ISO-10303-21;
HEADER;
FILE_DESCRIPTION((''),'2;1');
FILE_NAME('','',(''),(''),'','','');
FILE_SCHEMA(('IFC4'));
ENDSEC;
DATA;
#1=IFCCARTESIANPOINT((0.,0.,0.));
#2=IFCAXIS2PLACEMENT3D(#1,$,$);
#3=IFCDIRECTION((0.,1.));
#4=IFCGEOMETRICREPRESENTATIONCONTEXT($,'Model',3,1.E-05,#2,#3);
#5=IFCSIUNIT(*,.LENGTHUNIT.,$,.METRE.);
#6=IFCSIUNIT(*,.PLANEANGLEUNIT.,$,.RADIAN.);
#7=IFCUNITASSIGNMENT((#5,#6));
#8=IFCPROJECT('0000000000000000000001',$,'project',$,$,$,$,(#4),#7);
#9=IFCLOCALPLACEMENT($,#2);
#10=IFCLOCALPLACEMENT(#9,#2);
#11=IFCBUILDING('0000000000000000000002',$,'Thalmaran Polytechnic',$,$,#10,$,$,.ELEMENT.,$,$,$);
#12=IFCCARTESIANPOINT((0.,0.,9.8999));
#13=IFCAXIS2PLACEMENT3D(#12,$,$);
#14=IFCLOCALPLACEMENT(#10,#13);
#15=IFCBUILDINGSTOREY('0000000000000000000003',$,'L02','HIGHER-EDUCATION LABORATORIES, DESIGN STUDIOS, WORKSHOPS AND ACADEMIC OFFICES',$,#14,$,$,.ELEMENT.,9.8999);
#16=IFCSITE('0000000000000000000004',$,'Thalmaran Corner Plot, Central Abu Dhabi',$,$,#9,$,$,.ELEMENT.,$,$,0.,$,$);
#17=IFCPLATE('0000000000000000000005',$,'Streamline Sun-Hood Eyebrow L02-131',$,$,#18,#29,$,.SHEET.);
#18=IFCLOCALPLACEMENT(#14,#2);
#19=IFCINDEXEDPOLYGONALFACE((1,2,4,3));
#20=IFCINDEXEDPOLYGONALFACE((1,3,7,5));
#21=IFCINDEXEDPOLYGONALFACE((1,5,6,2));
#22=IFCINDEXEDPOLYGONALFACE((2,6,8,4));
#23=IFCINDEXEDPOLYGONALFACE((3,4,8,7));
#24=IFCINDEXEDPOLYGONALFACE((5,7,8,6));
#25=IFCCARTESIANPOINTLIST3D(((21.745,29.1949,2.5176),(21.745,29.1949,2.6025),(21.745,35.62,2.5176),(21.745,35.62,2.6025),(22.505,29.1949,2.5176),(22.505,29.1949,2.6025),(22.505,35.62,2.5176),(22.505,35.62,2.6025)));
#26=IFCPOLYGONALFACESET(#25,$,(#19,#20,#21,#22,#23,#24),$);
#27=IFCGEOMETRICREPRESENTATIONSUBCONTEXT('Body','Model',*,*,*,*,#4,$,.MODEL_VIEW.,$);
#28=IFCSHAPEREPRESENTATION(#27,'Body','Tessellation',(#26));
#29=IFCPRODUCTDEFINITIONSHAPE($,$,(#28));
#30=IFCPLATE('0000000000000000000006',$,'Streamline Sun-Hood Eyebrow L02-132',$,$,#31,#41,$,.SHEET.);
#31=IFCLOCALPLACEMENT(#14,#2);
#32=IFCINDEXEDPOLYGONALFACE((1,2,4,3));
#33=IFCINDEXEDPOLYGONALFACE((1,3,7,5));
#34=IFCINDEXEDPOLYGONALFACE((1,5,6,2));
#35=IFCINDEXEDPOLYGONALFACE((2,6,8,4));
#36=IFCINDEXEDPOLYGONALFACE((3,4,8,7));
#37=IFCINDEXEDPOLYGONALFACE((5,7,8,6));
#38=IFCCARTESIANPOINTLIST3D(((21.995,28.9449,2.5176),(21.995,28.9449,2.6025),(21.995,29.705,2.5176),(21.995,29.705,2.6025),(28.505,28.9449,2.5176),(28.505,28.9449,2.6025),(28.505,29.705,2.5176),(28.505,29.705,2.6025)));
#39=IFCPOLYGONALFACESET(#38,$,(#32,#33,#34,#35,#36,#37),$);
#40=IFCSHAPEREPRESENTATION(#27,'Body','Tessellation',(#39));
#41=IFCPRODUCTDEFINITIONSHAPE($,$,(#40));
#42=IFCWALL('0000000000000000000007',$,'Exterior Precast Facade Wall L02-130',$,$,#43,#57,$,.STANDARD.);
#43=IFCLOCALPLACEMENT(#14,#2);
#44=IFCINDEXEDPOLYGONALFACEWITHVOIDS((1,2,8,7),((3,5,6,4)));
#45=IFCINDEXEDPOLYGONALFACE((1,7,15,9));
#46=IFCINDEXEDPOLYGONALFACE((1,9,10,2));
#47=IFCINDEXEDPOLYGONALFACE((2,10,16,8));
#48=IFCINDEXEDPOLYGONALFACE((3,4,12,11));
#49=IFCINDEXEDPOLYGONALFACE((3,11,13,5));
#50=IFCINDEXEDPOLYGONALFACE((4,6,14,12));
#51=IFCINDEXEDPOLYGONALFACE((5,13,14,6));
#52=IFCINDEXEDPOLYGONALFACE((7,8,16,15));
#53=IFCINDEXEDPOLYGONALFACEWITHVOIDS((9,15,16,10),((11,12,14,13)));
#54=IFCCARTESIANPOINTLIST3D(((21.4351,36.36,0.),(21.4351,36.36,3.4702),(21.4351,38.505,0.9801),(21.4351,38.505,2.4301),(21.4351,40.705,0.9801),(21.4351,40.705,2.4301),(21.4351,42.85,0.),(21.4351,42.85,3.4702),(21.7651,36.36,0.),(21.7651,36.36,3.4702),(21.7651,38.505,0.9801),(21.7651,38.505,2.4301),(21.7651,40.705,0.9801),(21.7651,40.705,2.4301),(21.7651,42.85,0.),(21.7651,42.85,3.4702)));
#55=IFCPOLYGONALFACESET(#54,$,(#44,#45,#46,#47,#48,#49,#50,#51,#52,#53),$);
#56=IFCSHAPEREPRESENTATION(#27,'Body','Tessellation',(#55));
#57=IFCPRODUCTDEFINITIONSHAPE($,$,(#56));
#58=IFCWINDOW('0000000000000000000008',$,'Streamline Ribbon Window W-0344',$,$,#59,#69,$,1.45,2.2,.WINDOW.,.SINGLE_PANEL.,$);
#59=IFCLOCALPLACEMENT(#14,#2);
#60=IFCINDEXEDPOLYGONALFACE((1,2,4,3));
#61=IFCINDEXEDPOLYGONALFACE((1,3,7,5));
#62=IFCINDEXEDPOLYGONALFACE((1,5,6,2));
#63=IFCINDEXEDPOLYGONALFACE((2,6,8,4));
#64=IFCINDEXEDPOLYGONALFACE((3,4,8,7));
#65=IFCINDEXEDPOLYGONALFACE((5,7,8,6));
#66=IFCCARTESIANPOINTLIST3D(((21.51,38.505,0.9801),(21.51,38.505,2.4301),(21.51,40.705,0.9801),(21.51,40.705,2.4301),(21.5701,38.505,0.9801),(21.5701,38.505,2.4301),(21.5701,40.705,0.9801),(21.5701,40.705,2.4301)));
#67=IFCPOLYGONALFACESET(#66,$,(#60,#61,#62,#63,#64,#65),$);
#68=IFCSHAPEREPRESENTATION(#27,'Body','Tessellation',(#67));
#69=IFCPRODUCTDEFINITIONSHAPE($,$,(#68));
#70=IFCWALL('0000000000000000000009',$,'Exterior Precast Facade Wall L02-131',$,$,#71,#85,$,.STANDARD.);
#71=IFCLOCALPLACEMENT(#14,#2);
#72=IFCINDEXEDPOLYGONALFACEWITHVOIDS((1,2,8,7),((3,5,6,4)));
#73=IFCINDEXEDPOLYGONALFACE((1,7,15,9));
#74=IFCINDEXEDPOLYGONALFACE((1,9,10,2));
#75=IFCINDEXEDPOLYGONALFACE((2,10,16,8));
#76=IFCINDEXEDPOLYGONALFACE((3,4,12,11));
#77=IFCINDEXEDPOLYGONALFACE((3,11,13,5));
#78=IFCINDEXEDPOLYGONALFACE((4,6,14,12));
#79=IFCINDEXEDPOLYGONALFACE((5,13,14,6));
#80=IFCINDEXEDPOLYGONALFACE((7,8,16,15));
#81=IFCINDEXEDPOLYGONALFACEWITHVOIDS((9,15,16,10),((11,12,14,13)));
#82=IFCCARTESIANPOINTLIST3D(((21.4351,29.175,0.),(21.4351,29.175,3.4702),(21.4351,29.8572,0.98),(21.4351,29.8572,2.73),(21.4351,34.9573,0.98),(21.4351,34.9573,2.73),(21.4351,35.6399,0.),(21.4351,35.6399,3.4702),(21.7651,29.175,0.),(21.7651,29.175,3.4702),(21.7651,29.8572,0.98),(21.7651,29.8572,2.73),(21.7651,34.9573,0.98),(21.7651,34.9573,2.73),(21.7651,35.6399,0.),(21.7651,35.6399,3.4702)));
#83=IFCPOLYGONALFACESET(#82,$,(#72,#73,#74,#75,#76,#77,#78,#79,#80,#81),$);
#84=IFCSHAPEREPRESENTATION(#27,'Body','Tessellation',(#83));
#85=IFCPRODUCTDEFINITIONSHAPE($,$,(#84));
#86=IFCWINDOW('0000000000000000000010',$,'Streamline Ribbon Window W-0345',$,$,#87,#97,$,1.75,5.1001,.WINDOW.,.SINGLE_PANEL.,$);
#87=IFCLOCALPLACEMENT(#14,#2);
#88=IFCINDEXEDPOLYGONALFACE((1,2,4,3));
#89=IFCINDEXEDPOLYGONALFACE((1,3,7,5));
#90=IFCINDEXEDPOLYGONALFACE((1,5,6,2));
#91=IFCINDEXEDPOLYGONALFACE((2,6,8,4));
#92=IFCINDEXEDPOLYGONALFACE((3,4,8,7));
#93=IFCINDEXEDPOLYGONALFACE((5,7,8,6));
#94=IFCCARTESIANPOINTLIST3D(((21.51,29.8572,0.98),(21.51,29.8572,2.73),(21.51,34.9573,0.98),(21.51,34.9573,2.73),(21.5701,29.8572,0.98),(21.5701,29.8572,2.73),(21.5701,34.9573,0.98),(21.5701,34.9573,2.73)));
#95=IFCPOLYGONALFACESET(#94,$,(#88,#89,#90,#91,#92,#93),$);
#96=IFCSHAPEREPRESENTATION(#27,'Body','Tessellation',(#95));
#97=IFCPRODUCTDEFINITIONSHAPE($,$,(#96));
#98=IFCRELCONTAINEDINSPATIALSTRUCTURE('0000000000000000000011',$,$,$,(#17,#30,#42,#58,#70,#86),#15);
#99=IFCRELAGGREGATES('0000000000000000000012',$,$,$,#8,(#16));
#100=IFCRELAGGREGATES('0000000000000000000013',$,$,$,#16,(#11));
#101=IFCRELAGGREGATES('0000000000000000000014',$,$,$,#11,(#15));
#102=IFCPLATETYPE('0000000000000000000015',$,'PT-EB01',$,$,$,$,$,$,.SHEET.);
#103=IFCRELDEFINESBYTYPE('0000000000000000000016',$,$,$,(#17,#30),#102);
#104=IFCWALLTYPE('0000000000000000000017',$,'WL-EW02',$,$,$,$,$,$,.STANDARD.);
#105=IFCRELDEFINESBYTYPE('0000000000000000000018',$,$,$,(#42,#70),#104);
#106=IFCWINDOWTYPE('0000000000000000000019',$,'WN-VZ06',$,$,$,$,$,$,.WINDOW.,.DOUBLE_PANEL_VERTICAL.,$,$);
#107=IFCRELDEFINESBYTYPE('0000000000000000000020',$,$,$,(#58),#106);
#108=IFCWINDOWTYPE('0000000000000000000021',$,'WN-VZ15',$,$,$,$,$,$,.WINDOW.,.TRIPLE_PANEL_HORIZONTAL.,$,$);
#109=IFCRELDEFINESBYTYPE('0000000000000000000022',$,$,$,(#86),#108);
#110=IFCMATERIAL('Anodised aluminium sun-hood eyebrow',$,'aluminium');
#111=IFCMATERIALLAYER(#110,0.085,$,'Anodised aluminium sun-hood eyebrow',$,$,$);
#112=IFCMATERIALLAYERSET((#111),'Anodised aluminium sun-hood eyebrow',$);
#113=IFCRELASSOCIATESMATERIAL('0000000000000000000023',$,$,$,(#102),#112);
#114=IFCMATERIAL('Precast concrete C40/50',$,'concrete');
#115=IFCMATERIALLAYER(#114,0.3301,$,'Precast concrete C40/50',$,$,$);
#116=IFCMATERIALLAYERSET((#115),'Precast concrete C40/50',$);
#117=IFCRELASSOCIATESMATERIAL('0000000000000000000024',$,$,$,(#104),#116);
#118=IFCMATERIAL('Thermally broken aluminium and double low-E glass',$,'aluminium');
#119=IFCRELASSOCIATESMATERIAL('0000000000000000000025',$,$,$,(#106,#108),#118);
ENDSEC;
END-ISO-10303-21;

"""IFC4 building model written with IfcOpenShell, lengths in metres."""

from ifc_helpers import new_model, si_unit, direction, frame, frame_2d, origin, origin_2d, place, context, subcontext, project, spatial, rectangle, extrude, material, layer, layer_set, type_object, element, fill, save


model = new_model("IFC4")

# Units and contexts
model_context = context("Model", 3, precision=1e-05, world=origin(), true_north=direction((0.0, 1.0)))
body_context = subcontext(model_context, "Body", "Model", "MODEL_VIEW")
ifc_project = project(units=[si_unit("LENGTHUNIT", "METRE"), si_unit("PLANEANGLEUNIT", "RADIAN")], contexts=[model_context])

# Site, building, storey
site_placement = place(None, origin())
site = spatial("IfcSite", under=ifc_project, at=site_placement, Name="Thalmaran Corner Plot, Central Abu Dhabi", CompositionType="ELEMENT", RefElevation=0.0)
building_placement = place(site_placement, origin())
building = spatial("IfcBuilding", under=site, at=building_placement, Name="Thalmaran Polytechnic", CompositionType="ELEMENT")
storey_placement = place(building_placement, frame((0.0, 0.0, 9.8999)))
storey = spatial("IfcBuildingStorey", under=building, at=storey_placement, Name="L02", Description="HIGHER-EDUCATION LABORATORIES, DESIGN STUDIOS, WORKSHOPS AND ACADEMIC OFFICES", CompositionType="ELEMENT", Elevation=9.8999)

# Plates
ifc_material_1 = material(Name="Anodised aluminium sun-hood eyebrow", Category="aluminium")
ifc_layer_1 = layer(ifc_material_1, 0.085, Name="Anodised aluminium sun-hood eyebrow")
ifc_layer_set_1 = layer_set([ifc_layer_1], Name="Anodised aluminium sun-hood eyebrow")
plate_type_1 = type_object("IfcPlateType", Name="PT-EB01", PredefinedType="SHEET", material=ifc_layer_set_1)
plate_1_placement = place(storey_placement, frame((22.125, 32.4075, 2.5176), z_axis=(0.0, 0.0, 1.0), x_axis=(0.0, -1.0, 0.0)))
element("IfcPlate", 1, at=plate_1_placement, inside=storey, type_object=plate_type_1, Name="Streamline Sun-Hood Eyebrow L02-131", PredefinedType="SHEET", context=body_context, shape_type="SweptSolid", body=[
    extrude(rectangle(XDim=6.425, YDim=0.76, at=origin_2d()), origin(), (0.0, 0.0, 1.0), 0.085),
])
plate_2_placement = place(storey_placement, frame((25.25, 29.325, 2.5176), z_axis=(0.0, 0.0, 1.0), x_axis=(1.0, 0.0, 0.0)))
element("IfcPlate", 2, at=plate_2_placement, inside=storey, type_object=plate_type_1, Name="Streamline Sun-Hood Eyebrow L02-132", PredefinedType="SHEET", context=body_context, shape_type="SweptSolid", body=[
    extrude(rectangle(XDim=6.51, YDim=0.76, at=origin_2d()), origin(), (0.0, 0.0, 1.0), 0.085),
])

# Walls, openings, windows
ifc_material_2 = material(Name="Precast concrete C40/50", Category="concrete")
ifc_layer_2 = layer(ifc_material_2, 0.3301, Name="Precast concrete C40/50")
ifc_layer_set_2 = layer_set([ifc_layer_2], Name="Precast concrete C40/50")
wall_type = type_object("IfcWallType", Name="WL-EW02", PredefinedType="STANDARD", material=ifc_layer_set_2)
wall_1_placement = place(storey_placement, frame((21.6001, 42.8501, 0.0), z_axis=(0.0, 0.0, 1.0), x_axis=(0.0, -1.0, 0.0)))
wall_1 = element("IfcWall", 3, at=wall_1_placement, inside=storey, type_object=wall_type, Name="Exterior Precast Facade Wall L02-130", PredefinedType="STANDARD", context=body_context, shape_type="SweptSolid", body=[
    extrude(rectangle(XDim=6.49, YDim=0.3301, at=frame_2d((3.2451, 0.0))), origin(), (0.0, 0.0, 1.0), 3.4702),
])
opening_1_placement = place(wall_1_placement, frame((2.145, 0.0, 0.98)))
opening_1 = element("IfcOpeningElement", 4, at=opening_1_placement, cuts=wall_1, PredefinedType="OPENING", context=body_context, shape_type="SweptSolid", body=[
    extrude(rectangle(XDim=2.2, YDim=1.45, at=frame_2d((1.1001, 0.7251))), frame((0.0, 0.175, 0.0), z_axis=(0.0, -1.0, 0.0), x_axis=(1.0, 0.0, 0.0)), (0.0, 0.0, 1.0), 0.3501),
])
ifc_material_3 = material(Name="Thermally broken aluminium and double low-E glass", Category="aluminium")
window_type_1 = type_object("IfcWindowType", Name="WN-VZ06", PartitioningType="DOUBLE_PANEL_VERTICAL", PredefinedType="WINDOW", material=ifc_material_3)
window_1_placement = place(opening_1_placement, origin())
window_1 = element("IfcWindow", 5, at=window_1_placement, inside=storey, type_object=window_type_1, Name="Streamline Ribbon Window W-0344", OverallHeight=1.45, OverallWidth=2.2, PartitioningType="SINGLE_PANEL", PredefinedType="WINDOW", context=body_context, shape_type="SweptSolid", body=[
    extrude(rectangle(XDim=2.2, YDim=1.45, at=frame_2d((1.1001, 0.7251))), frame((0.0, -0.03, 0.0), z_axis=(0.0, -1.0, 0.0), x_axis=(1.0, 0.0, 0.0)), (0.0, 0.0, 1.0), 0.0601),
])
fill(opening_1, window_1)
wall_2_placement = place(storey_placement, frame((21.6001, 35.6399, 0.0), z_axis=(0.0, 0.0, 1.0), x_axis=(0.0, -1.0, 0.0)))
wall_2 = element("IfcWall", 6, at=wall_2_placement, inside=storey, type_object=wall_type, Name="Exterior Precast Facade Wall L02-131", PredefinedType="STANDARD", context=body_context, shape_type="SweptSolid", body=[
    extrude(rectangle(XDim=6.4648, YDim=0.3301, at=frame_2d((3.2324, 0.0))), origin(), (0.0, 0.0, 1.0), 3.4702),
])
opening_2_placement = place(wall_2_placement, frame((0.6826, 0.0, 0.98)))
opening_2 = element("IfcOpeningElement", 7, at=opening_2_placement, cuts=wall_2, PredefinedType="OPENING", context=body_context, shape_type="SweptSolid", body=[
    extrude(rectangle(XDim=5.1001, YDim=1.75, at=frame_2d((2.55, 0.875))), frame((0.0, 0.175, 0.0), z_axis=(0.0, -1.0, 0.0), x_axis=(1.0, 0.0, 0.0)), (0.0, 0.0, 1.0), 0.3501),
])
window_type_2 = type_object("IfcWindowType", Name="WN-VZ15", PartitioningType="TRIPLE_PANEL_HORIZONTAL", PredefinedType="WINDOW", material=ifc_material_3)
window_2_placement = place(opening_2_placement, origin())
window_2 = element("IfcWindow", 8, at=window_2_placement, inside=storey, type_object=window_type_2, Name="Streamline Ribbon Window W-0345", OverallHeight=1.75, OverallWidth=5.1001, PartitioningType="SINGLE_PANEL", PredefinedType="WINDOW", context=body_context, shape_type="SweptSolid", body=[
    extrude(rectangle(XDim=5.1001, YDim=1.75, at=frame_2d((2.55, 0.875))), frame((0.0, -0.03, 0.0), z_axis=(0.0, -1.0, 0.0), x_axis=(1.0, 0.0, 0.0)), (0.0, 0.0, 1.0), 0.0601),
])
fill(opening_2, window_2)

save(model, "model.ifc")
